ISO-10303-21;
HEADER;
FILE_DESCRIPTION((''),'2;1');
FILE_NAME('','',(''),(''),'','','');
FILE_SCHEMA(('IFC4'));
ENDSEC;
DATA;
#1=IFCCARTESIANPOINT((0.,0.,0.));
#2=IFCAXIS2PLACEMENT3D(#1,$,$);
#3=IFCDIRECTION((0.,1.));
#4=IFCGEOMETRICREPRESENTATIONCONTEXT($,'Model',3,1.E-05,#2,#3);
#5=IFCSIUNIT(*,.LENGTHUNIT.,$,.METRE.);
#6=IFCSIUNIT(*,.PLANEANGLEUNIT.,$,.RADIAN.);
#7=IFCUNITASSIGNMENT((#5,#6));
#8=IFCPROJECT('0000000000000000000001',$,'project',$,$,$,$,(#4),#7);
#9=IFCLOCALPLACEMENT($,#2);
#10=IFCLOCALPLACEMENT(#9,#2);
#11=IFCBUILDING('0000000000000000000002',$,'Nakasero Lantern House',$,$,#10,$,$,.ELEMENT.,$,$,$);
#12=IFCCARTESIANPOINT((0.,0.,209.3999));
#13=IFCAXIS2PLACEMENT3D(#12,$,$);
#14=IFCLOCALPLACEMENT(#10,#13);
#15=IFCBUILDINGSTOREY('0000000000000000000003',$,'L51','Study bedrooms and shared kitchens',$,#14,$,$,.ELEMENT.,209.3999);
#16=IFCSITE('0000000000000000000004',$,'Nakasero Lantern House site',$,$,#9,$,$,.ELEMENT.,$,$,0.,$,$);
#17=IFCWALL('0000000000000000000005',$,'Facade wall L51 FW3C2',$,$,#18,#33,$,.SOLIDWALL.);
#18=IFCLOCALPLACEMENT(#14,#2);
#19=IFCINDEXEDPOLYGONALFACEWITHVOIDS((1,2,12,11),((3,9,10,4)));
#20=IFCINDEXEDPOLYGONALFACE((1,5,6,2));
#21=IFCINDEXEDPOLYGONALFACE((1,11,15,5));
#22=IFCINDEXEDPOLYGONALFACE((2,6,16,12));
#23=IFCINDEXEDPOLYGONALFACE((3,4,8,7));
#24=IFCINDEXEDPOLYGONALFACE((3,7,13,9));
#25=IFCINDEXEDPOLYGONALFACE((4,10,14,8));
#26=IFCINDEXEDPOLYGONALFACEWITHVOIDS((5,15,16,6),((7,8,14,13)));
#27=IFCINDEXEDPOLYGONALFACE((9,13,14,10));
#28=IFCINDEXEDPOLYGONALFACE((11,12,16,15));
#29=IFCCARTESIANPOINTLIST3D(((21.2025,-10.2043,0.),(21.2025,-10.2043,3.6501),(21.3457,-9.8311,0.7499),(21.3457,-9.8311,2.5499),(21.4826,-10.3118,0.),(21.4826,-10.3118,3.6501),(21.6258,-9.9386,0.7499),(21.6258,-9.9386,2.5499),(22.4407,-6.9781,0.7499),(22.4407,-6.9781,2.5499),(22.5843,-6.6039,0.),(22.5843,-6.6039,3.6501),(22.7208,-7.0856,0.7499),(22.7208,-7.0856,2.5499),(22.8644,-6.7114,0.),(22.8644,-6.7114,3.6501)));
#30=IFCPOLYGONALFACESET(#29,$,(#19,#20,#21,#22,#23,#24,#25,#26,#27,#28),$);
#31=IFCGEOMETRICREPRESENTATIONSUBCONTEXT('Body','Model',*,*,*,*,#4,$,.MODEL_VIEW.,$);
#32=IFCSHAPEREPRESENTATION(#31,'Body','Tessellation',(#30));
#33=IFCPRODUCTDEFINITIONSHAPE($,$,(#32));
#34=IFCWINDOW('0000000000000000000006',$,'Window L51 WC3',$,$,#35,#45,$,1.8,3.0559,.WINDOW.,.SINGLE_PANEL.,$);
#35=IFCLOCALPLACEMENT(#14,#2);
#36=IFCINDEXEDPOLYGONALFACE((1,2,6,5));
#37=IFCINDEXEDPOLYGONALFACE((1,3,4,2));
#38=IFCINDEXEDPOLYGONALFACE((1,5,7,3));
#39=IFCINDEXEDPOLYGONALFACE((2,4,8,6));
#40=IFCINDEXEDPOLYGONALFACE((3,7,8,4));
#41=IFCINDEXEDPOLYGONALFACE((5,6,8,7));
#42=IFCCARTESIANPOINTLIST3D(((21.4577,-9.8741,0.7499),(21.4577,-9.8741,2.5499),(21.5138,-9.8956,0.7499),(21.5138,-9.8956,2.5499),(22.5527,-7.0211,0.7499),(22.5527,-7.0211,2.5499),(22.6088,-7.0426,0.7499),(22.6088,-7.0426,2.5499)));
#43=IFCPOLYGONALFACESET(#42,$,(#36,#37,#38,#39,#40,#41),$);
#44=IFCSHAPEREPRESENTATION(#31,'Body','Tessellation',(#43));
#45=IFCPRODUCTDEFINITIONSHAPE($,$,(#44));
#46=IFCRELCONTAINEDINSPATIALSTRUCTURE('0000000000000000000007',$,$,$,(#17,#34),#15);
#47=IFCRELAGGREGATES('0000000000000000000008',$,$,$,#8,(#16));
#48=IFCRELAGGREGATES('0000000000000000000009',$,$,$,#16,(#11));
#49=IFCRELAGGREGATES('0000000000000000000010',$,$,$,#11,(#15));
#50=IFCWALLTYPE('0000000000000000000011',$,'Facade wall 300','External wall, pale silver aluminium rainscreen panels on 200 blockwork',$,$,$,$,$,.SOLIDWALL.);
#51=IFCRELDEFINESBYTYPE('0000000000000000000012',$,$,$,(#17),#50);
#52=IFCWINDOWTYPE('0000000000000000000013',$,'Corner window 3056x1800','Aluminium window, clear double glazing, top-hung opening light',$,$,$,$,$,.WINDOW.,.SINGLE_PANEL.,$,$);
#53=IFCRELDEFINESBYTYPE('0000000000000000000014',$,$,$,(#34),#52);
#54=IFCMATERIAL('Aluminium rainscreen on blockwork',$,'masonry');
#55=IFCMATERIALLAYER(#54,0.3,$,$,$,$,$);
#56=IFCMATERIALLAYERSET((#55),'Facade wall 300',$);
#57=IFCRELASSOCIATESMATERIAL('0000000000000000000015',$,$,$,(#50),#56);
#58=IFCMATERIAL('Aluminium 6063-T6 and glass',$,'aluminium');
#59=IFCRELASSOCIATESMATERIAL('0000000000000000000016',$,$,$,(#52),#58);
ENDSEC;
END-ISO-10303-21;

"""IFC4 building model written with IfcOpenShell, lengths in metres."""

from ifc_helpers import new_model, si_unit, direction, frame, frame_2d, origin, place, context, subcontext, project, spatial, rectangle, extrude, material, layer, layer_set, type_object, element, fill, save


model = new_model("IFC4")

# Units and contexts
model_context = context("Model", 3, precision=1e-05, world=origin(), true_north=direction((0.0, 1.0)))
body_context = subcontext(model_context, "Body", "Model", "MODEL_VIEW")
ifc_project = project(units=[si_unit("LENGTHUNIT", "METRE"), si_unit("PLANEANGLEUNIT", "RADIAN")], contexts=[model_context])

# Site, building, storey
site_placement = place(None, origin())
site = spatial("IfcSite", under=ifc_project, at=site_placement, Name="Nakasero Lantern House site", CompositionType="ELEMENT", RefElevation=0.0)
building_placement = place(site_placement, origin())
building = spatial("IfcBuilding", under=site, at=building_placement, Name="Nakasero Lantern House", CompositionType="ELEMENT")
storey_placement = place(building_placement, frame((0.0, 0.0, 209.3999)))
storey = spatial("IfcBuildingStorey", under=building, at=storey_placement, Name="L51", Description="Study bedrooms and shared kitchens", CompositionType="ELEMENT", Elevation=209.3999)

# Shared definitions
ifc_material_1 = material(Name="Aluminium rainscreen on blockwork", Category="masonry")
ifc_layer_1 = layer(ifc_material_1, 0.3)
ifc_layer_set_1 = layer_set([ifc_layer_1], Name="Facade wall 300")
wall_type_1 = type_object("IfcWallType", Name="Facade wall 300", Description="External wall, pale silver aluminium rainscreen panels on 200 blockwork", PredefinedType="SOLIDWALL", material=ifc_layer_set_1)

# Wall, opening, window
wall_1_placement = place(storey_placement, frame((21.3425, -10.2581, 0.0), z_axis=(0.0, 0.0, 1.0), x_axis=(0.358321, 0.933598, 0.0)))
wall_1 = element("IfcWall", 1, at=wall_1_placement, inside=storey, type_object=wall_type_1, Name="Facade wall L51 FW3C2", PredefinedType="SOLIDWALL", context=body_context, shape_type="SweptSolid", body=[
    extrude(rectangle(XDim=3.8564, YDim=0.3, at=frame_2d((1.9282, 0.0))), origin(), (0.0, 0.0, 1.0), 3.6501),
])
opening_1_placement = place(wall_1_placement, frame((0.3999, 0.0, 0.75)))
opening_1 = element("IfcOpeningElement", 2, at=opening_1_placement, cuts=wall_1, PredefinedType="OPENING", context=body_context, shape_type="SweptSolid", body=[
    extrude(rectangle(XDim=3.0559, YDim=1.8, at=frame_2d((1.5278, 0.8999))), frame((0.0, 0.1699, 0.0), z_axis=(0.0, -1.0, 0.0), x_axis=(1.0, 0.0, 0.0)), (0.0, 0.0, 1.0), 0.3401),
])
ifc_material_2 = material(Name="Aluminium 6063-T6 and glass", Category="aluminium")
window_type = type_object("IfcWindowType", Name="Corner window 3056x1800", Description="Aluminium window, clear double glazing, top-hung opening light", PartitioningType="SINGLE_PANEL", PredefinedType="WINDOW", material=ifc_material_2)
window_placement = place(opening_1_placement, origin())
window = element("IfcWindow", 3, at=window_placement, inside=storey, type_object=window_type, Name="Window L51 WC3", OverallHeight=1.8, OverallWidth=3.0559, PartitioningType="SINGLE_PANEL", PredefinedType="WINDOW", context=body_context, shape_type="SweptSolid", body=[
    extrude(rectangle(XDim=3.0559, YDim=1.8, at=frame_2d((1.5278, 0.8999))), frame((0.0, 0.03, 0.0), z_axis=(0.0, -1.0, 0.0), x_axis=(1.0, 0.0, 0.0)), (0.0, 0.0, 1.0), 0.0601),
])
fill(opening_1, window)

save(model, "model.ifc")
